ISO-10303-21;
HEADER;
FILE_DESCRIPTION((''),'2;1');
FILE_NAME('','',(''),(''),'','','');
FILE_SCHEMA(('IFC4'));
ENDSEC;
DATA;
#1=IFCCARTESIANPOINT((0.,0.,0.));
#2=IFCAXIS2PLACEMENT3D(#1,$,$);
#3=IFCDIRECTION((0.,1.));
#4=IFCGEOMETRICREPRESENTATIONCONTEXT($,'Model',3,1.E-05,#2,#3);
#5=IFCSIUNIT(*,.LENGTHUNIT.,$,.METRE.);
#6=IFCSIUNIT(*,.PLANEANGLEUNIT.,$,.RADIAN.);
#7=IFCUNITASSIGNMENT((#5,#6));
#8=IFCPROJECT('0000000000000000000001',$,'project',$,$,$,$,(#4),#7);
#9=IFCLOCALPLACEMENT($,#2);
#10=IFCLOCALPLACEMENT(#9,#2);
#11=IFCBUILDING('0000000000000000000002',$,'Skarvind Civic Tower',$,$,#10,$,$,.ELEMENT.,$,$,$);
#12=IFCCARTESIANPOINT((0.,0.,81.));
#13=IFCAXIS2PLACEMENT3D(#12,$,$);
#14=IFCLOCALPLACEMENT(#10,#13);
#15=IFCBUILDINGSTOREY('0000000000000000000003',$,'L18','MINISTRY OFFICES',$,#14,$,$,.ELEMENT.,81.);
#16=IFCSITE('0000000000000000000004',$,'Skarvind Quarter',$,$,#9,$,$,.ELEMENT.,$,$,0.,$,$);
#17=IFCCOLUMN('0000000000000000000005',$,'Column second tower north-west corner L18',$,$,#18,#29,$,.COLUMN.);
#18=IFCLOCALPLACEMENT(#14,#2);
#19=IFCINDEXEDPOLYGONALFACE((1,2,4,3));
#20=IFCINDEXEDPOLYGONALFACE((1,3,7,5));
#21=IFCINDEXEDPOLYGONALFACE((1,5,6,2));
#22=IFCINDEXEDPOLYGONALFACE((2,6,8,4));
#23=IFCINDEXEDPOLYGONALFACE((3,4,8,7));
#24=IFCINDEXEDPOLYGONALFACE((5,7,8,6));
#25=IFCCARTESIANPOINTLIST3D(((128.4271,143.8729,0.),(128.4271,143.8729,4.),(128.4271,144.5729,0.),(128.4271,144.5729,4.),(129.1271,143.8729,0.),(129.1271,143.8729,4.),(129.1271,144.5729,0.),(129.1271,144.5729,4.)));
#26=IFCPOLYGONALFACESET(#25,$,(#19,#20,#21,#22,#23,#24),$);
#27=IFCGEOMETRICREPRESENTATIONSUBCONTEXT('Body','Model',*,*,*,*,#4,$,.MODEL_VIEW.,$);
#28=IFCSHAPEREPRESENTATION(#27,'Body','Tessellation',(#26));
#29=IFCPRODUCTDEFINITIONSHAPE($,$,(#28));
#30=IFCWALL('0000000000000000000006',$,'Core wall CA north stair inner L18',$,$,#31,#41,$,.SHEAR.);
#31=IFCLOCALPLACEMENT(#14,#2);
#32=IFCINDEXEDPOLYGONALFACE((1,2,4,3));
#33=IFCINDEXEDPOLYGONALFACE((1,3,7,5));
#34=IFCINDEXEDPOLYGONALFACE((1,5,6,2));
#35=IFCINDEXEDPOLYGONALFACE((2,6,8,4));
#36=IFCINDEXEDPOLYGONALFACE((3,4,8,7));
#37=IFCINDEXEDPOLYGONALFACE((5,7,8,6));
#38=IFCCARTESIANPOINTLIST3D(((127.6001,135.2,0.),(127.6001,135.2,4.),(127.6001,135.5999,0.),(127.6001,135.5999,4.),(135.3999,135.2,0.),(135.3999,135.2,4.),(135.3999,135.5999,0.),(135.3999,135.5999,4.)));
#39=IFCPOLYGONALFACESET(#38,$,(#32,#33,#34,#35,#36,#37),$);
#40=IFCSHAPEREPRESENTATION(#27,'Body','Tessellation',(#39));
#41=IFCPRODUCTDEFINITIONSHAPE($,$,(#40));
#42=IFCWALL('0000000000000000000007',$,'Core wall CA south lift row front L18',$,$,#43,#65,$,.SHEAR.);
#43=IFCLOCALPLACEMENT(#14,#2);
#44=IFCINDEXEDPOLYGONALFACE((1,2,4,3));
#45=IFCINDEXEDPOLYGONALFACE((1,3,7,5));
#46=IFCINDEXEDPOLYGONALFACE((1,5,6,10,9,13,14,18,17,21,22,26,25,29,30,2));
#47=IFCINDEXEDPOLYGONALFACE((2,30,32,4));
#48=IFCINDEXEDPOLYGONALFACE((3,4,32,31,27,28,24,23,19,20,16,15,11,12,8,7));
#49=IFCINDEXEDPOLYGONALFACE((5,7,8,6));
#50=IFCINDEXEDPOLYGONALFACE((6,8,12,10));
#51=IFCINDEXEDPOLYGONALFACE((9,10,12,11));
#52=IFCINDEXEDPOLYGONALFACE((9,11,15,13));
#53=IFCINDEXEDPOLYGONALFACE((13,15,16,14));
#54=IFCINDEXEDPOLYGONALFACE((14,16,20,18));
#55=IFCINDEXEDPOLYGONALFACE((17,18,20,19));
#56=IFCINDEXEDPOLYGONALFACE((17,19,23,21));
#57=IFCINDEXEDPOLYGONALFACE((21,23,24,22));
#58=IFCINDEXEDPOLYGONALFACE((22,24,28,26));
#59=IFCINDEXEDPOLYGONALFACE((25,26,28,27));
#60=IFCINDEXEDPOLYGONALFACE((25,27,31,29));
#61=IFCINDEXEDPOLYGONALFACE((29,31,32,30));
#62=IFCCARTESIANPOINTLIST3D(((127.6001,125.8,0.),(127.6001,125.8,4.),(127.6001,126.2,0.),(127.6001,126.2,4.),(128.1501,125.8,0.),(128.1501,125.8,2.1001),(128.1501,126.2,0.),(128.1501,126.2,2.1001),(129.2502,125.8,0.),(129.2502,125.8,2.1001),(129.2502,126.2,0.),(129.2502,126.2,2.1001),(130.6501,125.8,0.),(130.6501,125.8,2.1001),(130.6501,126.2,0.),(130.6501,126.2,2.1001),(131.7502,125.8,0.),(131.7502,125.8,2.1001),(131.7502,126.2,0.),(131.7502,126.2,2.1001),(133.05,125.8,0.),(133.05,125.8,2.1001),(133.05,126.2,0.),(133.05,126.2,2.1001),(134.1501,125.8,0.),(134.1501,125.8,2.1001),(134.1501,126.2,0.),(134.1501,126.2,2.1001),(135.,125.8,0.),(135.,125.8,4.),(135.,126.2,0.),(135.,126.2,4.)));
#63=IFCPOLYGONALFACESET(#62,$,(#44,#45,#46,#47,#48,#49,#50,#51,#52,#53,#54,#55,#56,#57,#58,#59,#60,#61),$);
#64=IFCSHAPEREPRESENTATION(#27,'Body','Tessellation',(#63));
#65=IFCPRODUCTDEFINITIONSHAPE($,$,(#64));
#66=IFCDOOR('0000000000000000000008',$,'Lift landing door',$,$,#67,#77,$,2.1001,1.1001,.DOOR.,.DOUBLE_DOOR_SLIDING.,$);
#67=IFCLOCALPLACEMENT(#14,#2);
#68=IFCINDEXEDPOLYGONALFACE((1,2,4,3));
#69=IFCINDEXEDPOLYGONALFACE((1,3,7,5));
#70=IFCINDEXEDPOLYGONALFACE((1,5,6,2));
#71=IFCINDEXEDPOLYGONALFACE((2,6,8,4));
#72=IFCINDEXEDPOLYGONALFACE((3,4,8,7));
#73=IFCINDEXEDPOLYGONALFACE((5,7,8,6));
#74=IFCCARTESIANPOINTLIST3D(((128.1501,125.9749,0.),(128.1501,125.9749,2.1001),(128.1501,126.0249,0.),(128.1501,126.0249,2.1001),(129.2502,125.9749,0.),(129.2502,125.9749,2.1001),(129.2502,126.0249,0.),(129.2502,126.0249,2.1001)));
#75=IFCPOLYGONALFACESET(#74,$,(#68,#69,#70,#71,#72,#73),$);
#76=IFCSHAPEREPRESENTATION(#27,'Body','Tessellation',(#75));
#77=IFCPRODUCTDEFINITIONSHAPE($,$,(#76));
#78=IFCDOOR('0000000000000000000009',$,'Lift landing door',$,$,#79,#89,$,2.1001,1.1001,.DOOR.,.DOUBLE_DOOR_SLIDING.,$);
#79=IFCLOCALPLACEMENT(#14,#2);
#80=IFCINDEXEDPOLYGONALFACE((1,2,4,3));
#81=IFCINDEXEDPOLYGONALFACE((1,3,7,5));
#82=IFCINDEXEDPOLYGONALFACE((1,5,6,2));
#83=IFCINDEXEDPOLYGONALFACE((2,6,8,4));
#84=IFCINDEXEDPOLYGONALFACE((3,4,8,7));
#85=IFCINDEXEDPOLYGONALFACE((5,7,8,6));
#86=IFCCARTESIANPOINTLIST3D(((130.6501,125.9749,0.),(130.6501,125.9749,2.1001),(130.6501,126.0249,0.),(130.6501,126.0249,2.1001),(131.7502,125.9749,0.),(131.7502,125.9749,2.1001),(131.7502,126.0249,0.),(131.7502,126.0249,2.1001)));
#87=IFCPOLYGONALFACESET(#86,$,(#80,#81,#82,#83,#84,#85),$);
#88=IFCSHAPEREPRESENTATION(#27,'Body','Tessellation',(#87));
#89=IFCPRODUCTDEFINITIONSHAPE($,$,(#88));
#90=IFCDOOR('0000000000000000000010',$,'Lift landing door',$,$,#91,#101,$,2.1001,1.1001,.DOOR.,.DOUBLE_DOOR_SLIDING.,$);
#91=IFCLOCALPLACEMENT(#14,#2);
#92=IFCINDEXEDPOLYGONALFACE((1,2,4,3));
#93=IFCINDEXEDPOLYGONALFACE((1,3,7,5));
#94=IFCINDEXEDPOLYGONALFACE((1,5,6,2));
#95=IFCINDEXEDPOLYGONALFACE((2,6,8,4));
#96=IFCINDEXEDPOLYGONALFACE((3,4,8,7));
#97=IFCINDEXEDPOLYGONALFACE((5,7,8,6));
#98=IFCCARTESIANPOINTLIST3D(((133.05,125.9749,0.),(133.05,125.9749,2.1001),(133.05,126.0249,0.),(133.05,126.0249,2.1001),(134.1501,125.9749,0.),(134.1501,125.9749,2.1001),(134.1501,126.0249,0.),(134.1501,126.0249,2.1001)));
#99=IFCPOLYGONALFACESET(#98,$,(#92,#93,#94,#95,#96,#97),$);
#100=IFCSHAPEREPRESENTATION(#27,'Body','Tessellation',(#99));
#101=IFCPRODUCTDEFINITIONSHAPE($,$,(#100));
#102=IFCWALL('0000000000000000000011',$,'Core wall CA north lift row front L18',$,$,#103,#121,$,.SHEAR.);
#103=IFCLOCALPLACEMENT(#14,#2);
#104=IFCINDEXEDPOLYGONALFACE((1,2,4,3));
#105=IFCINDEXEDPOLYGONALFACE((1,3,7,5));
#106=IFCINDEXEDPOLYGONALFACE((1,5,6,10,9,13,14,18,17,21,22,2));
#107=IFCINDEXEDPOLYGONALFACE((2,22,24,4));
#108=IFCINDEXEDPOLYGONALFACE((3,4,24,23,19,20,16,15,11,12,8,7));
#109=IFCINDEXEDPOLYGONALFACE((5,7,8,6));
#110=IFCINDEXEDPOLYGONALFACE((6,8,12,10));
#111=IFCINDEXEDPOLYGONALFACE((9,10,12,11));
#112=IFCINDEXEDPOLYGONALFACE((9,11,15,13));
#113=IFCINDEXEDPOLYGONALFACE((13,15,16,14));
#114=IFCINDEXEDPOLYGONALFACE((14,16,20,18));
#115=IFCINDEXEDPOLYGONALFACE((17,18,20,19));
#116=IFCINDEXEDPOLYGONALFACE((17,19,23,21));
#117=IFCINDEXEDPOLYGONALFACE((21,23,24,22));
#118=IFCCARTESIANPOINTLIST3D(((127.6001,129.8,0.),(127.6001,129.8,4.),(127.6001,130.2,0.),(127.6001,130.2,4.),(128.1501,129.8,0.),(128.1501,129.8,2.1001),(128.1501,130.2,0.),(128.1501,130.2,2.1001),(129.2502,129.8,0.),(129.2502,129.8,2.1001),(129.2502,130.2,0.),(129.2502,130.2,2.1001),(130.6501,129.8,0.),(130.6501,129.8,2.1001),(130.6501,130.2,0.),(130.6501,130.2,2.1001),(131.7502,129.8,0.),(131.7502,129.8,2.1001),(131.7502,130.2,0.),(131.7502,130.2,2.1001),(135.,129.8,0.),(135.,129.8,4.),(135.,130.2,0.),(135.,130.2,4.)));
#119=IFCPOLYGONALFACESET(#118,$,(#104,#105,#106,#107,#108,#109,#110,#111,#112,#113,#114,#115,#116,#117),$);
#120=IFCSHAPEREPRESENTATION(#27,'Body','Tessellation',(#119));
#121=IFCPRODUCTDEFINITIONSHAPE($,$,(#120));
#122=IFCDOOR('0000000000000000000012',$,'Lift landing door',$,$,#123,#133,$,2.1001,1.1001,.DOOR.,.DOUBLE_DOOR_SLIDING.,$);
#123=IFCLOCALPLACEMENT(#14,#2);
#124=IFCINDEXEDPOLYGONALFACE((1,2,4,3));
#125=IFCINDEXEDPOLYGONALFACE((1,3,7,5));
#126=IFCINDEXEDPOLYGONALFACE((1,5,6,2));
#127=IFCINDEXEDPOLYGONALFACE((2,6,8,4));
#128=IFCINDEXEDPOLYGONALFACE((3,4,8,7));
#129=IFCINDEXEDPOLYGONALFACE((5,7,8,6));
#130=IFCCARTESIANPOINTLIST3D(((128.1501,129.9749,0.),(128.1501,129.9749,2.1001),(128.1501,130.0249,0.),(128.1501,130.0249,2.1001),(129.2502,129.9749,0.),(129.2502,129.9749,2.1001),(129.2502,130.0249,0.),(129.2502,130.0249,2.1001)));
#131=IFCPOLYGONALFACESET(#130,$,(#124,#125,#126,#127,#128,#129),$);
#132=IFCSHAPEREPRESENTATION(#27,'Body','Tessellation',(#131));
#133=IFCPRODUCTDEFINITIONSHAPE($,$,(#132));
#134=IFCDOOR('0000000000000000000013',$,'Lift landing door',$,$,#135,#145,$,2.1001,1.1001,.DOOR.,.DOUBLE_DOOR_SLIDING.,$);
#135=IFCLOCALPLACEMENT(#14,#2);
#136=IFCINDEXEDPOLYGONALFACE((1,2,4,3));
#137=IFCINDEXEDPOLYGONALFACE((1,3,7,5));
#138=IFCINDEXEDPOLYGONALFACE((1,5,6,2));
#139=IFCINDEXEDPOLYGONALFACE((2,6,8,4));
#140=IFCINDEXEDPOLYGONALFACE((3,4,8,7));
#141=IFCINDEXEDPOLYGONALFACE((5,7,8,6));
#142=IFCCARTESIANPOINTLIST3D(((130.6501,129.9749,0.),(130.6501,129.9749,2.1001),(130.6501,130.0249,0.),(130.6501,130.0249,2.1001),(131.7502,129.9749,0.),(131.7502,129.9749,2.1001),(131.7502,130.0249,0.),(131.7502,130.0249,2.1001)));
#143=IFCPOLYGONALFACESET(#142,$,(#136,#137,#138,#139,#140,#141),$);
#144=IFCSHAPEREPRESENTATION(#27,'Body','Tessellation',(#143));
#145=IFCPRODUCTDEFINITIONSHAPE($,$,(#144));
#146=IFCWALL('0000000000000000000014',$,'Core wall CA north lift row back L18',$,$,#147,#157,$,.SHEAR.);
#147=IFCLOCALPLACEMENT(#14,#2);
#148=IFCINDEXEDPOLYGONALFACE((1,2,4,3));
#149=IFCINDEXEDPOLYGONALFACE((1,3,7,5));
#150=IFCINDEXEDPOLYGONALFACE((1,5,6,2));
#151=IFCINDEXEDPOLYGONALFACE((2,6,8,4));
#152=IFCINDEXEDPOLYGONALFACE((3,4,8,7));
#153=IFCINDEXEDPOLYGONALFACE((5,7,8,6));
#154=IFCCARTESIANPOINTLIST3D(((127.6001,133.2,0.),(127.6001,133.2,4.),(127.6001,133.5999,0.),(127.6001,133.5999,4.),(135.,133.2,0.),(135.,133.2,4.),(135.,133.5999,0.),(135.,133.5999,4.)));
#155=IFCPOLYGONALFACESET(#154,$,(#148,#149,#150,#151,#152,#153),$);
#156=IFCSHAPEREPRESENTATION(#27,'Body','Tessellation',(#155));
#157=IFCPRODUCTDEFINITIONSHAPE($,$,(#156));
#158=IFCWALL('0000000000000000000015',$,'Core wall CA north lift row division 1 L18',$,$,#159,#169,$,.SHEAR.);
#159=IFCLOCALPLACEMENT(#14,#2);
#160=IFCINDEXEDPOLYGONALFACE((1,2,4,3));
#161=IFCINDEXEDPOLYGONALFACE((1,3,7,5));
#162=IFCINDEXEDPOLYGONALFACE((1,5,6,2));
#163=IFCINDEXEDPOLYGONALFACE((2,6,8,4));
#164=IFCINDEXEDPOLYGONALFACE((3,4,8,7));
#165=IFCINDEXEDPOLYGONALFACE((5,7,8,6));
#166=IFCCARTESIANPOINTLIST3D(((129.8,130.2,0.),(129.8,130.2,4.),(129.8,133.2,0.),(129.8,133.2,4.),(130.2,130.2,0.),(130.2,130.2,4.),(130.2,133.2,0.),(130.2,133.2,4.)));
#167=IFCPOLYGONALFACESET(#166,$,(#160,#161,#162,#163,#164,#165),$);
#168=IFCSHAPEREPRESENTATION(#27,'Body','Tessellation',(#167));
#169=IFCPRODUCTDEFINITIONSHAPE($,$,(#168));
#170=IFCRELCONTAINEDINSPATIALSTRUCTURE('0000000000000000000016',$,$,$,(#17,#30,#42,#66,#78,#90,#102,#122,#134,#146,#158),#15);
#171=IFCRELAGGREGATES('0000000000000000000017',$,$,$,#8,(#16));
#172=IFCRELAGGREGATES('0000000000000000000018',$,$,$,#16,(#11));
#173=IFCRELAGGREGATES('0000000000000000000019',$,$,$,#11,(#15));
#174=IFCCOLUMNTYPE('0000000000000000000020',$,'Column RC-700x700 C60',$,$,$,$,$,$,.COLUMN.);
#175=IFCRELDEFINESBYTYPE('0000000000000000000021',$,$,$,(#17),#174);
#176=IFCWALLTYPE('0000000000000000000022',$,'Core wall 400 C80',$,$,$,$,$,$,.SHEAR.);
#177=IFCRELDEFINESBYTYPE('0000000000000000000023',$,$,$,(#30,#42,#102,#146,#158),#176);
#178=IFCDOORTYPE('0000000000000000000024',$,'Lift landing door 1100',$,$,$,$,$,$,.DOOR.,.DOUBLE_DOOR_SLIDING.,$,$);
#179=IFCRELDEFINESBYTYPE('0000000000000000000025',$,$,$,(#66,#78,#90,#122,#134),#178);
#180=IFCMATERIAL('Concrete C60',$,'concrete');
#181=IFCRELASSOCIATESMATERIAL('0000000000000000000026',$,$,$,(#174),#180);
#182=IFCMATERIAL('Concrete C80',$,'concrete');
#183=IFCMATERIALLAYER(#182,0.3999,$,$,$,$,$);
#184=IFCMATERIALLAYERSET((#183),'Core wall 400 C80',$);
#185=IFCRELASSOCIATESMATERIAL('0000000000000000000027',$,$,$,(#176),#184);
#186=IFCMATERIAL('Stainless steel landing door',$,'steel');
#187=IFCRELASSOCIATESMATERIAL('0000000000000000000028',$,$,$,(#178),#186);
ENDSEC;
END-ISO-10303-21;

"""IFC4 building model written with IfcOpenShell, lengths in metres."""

from ifc_helpers import new_model, si_unit, direction, frame, frame_2d, origin, origin_2d, place, context, subcontext, project, spatial, rectangle, extrude, material, layer, layer_set, material_profile, profile_set, type_object, element, fill, save


model = new_model("IFC4")

# Units and contexts
model_context = context("Model", 3, precision=1e-05, world=origin(), true_north=direction((0.0, 1.0)))
body_context = subcontext(model_context, "Body", "Model", "MODEL_VIEW")
ifc_project = project(units=[si_unit("LENGTHUNIT", "METRE"), si_unit("PLANEANGLEUNIT", "RADIAN")], contexts=[model_context])

# Site, building, storey
site_placement = place(None, origin())
site = spatial("IfcSite", under=ifc_project, at=site_placement, Name="Skarvind Quarter", CompositionType="ELEMENT", RefElevation=0.0)
building_placement = place(site_placement, origin())
building = spatial("IfcBuilding", under=site, at=building_placement, Name="Skarvind Civic Tower", CompositionType="ELEMENT")
storey_placement = place(building_placement, frame((0.0, 0.0, 81.0)))
storey = spatial("IfcBuildingStorey", under=building, at=storey_placement, Name="L18", Description="MINISTRY OFFICES", CompositionType="ELEMENT", Elevation=81.0)

# Column
ifc_material_1 = material(Name="Concrete C60", Category="concrete")
ifc_material_profile = material_profile(ifc_material_1, rectangle(XDim=0.7, YDim=0.7, at=origin_2d()), Name="RC-700x700")
ifc_profile_set = profile_set([ifc_material_profile], Name="Concrete C60")
column_type = type_object("IfcColumnType", Name="Column RC-700x700 C60", PredefinedType="COLUMN", material=ifc_profile_set)
column_placement = place(storey_placement, frame((128.7771, 144.2229, 0.0), z_axis=(0.0, 0.0, 1.0), x_axis=(1.0, 0.0, 0.0)))
element("IfcColumn", 1, at=column_placement, inside=storey, type_object=column_type, Name="Column second tower north-west corner L18", PredefinedType="COLUMN", context=body_context, shape_type="SweptSolid", body=[
    extrude(rectangle(XDim=0.7, YDim=0.7, at=origin_2d()), origin(), (0.0, 0.0, 1.0), 4.0),
])

# Wall
ifc_material_2 = material(Name="Concrete C80", Category="concrete")
ifc_layer_1 = layer(ifc_material_2, 0.3999)
ifc_layer_set_1 = layer_set([ifc_layer_1], Name="Core wall 400 C80")
wall_type_1 = type_object("IfcWallType", Name="Core wall 400 C80", PredefinedType="SHEAR", material=ifc_layer_set_1)
wall_1_placement = place(storey_placement, frame((127.6001, 135.3999, 0.0), z_axis=(0.0, 0.0, 1.0), x_axis=(1.0, 0.0, 0.0)))
element("IfcWall", 2, at=wall_1_placement, inside=storey, type_object=wall_type_1, Name="Core wall CA north stair inner L18", PredefinedType="SHEAR", context=body_context, shape_type="SweptSolid", body=[
    extrude(rectangle(XDim=7.7998, YDim=0.3999, at=frame_2d((3.8999, 0.0))), origin(), (0.0, 0.0, 1.0), 4.0),
])

# Walls, openings, doors
wall_2_placement = place(storey_placement, frame((127.6001, 126.0, 0.0), z_axis=(0.0, 0.0, 1.0), x_axis=(1.0, 0.0, 0.0)))
wall_2 = element("IfcWall", 3, at=wall_2_placement, inside=storey, type_object=wall_type_1, Name="Core wall CA south lift row front L18", PredefinedType="SHEAR", context=body_context, shape_type="SweptSolid", body=[
    extrude(rectangle(XDim=7.3999, YDim=0.3999, at=frame_2d((3.7, 0.0))), origin(), (0.0, 0.0, 1.0), 4.0),
])
opening_1_placement = place(wall_2_placement, frame((0.55, 0.0, 0.0)))
opening_1 = element("IfcOpeningElement", 4, at=opening_1_placement, cuts=wall_2, PredefinedType="OPENING", context=body_context, shape_type="SweptSolid", body=[
    extrude(rectangle(XDim=1.1001, YDim=2.1001, at=frame_2d((0.55, 1.05))), frame((0.0, 0.21, 0.0), z_axis=(0.0, -1.0, 0.0), x_axis=(1.0, 0.0, 0.0)), (0.0, 0.0, 1.0), 0.4199),
])
opening_2_placement = place(wall_2_placement, frame((3.05, 0.0, 0.0)))
opening_2 = element("IfcOpeningElement", 5, at=opening_2_placement, cuts=wall_2, PredefinedType="OPENING", context=body_context, shape_type="SweptSolid", body=[
    extrude(rectangle(XDim=1.1001, YDim=2.1001, at=frame_2d((0.55, 1.05))), frame((0.0, 0.21, 0.0), z_axis=(0.0, -1.0, 0.0), x_axis=(1.0, 0.0, 0.0)), (0.0, 0.0, 1.0), 0.4199),
])
opening_3_placement = place(wall_2_placement, frame((5.45, 0.0, 0.0)))
opening_3 = element("IfcOpeningElement", 6, at=opening_3_placement, cuts=wall_2, PredefinedType="OPENING", context=body_context, shape_type="SweptSolid", body=[
    extrude(rectangle(XDim=1.1001, YDim=2.1001, at=frame_2d((0.55, 1.05))), frame((0.0, 0.21, 0.0), z_axis=(0.0, -1.0, 0.0), x_axis=(1.0, 0.0, 0.0)), (0.0, 0.0, 1.0), 0.4199),
])
ifc_material_3 = material(Name="Stainless steel landing door", Category="steel")
door_type = type_object("IfcDoorType", Name="Lift landing door 1100", OperationType="DOUBLE_DOOR_SLIDING", PredefinedType="DOOR", material=ifc_material_3)
door_1_placement = place(opening_1_placement, origin())
door_1 = element("IfcDoor", 7, at=door_1_placement, inside=storey, type_object=door_type, Name="Lift landing door", OperationType="DOUBLE_DOOR_SLIDING", OverallHeight=2.1001, OverallWidth=1.1001, PredefinedType="DOOR", context=body_context, shape_type="SweptSolid", body=[
    extrude(rectangle(XDim=1.1001, YDim=2.1001, at=frame_2d((0.55, 1.05))), frame((0.0, 0.0249, 0.0), z_axis=(0.0, -1.0, 0.0), x_axis=(1.0, 0.0, 0.0)), (0.0, 0.0, 1.0), 0.05),
])
fill(opening_1, door_1)
door_2_placement = place(opening_2_placement, origin())
door_2 = element("IfcDoor", 8, at=door_2_placement, inside=storey, type_object=door_type, Name="Lift landing door", OperationType="DOUBLE_DOOR_SLIDING", OverallHeight=2.1001, OverallWidth=1.1001, PredefinedType="DOOR", context=body_context, shape_type="SweptSolid", body=[
    extrude(rectangle(XDim=1.1001, YDim=2.1001, at=frame_2d((0.55, 1.05))), frame((0.0, 0.0249, 0.0), z_axis=(0.0, -1.0, 0.0), x_axis=(1.0, 0.0, 0.0)), (0.0, 0.0, 1.0), 0.05),
])
fill(opening_2, door_2)
door_3_placement = place(opening_3_placement, origin())
door_3 = element("IfcDoor", 9, at=door_3_placement, inside=storey, type_object=door_type, Name="Lift landing door", OperationType="DOUBLE_DOOR_SLIDING", OverallHeight=2.1001, OverallWidth=1.1001, PredefinedType="DOOR", context=body_context, shape_type="SweptSolid", body=[
    extrude(rectangle(XDim=1.1001, YDim=2.1001, at=frame_2d((0.55, 1.05))), frame((0.0, 0.0249, 0.0), z_axis=(0.0, -1.0, 0.0), x_axis=(1.0, 0.0, 0.0)), (0.0, 0.0, 1.0), 0.05),
])
fill(opening_3, door_3)
wall_3_placement = place(storey_placement, frame((127.6001, 130.0, 0.0), z_axis=(0.0, 0.0, 1.0), x_axis=(1.0, 0.0, 0.0)))
wall_3 = element("IfcWall", 10, at=wall_3_placement, inside=storey, type_object=wall_type_1, Name="Core wall CA north lift row front L18", PredefinedType="SHEAR", context=body_context, shape_type="SweptSolid", body=[
    extrude(rectangle(XDim=7.3999, YDim=0.3999, at=frame_2d((3.7, 0.0))), origin(), (0.0, 0.0, 1.0), 4.0),
])
opening_4_placement = place(wall_3_placement, frame((0.55, 0.0, 0.0)))
opening_4 = element("IfcOpeningElement", 11, at=opening_4_placement, cuts=wall_3, PredefinedType="OPENING", context=body_context, shape_type="SweptSolid", body=[
    extrude(rectangle(XDim=1.1001, YDim=2.1001, at=frame_2d((0.55, 1.05))), frame((0.0, 0.21, 0.0), z_axis=(0.0, -1.0, 0.0), x_axis=(1.0, 0.0, 0.0)), (0.0, 0.0, 1.0), 0.4199),
])
opening_5_placement = place(wall_3_placement, frame((3.05, 0.0, 0.0)))
opening_5 = element("IfcOpeningElement", 12, at=opening_5_placement, cuts=wall_3, PredefinedType="OPENING", context=body_context, shape_type="SweptSolid", body=[
    extrude(rectangle(XDim=1.1001, YDim=2.1001, at=frame_2d((0.55, 1.05))), frame((0.0, 0.21, 0.0), z_axis=(0.0, -1.0, 0.0), x_axis=(1.0, 0.0, 0.0)), (0.0, 0.0, 1.0), 0.4199),
])
door_4_placement = place(opening_4_placement, origin())
door_4 = element("IfcDoor", 13, at=door_4_placement, inside=storey, type_object=door_type, Name="Lift landing door", OperationType="DOUBLE_DOOR_SLIDING", OverallHeight=2.1001, OverallWidth=1.1001, PredefinedType="DOOR", context=body_context, shape_type="SweptSolid", body=[
    extrude(rectangle(XDim=1.1001, YDim=2.1001, at=frame_2d((0.55, 1.05))), frame((0.0, 0.0249, 0.0), z_axis=(0.0, -1.0, 0.0), x_axis=(1.0, 0.0, 0.0)), (0.0, 0.0, 1.0), 0.05),
])
fill(opening_4, door_4)
door_5_placement = place(opening_5_placement, origin())
door_5 = element("IfcDoor", 14, at=door_5_placement, inside=storey, type_object=door_type, Name="Lift landing door", OperationType="DOUBLE_DOOR_SLIDING", OverallHeight=2.1001, OverallWidth=1.1001, PredefinedType="DOOR", context=body_context, shape_type="SweptSolid", body=[
    extrude(rectangle(XDim=1.1001, YDim=2.1001, at=frame_2d((0.55, 1.05))), frame((0.0, 0.0249, 0.0), z_axis=(0.0, -1.0, 0.0), x_axis=(1.0, 0.0, 0.0)), (0.0, 0.0, 1.0), 0.05),
])
fill(opening_5, door_5)

# Walls
wall_4_placement = place(storey_placement, frame((127.6001, 133.3999, 0.0), z_axis=(0.0, 0.0, 1.0), x_axis=(1.0, 0.0, 0.0)))
element("IfcWall", 15, at=wall_4_placement, inside=storey, type_object=wall_type_1, Name="Core wall CA north lift row back L18", PredefinedType="SHEAR", context=body_context, shape_type="SweptSolid", body=[
    extrude(rectangle(XDim=7.3999, YDim=0.3999, at=frame_2d((3.7, 0.0))), origin(), (0.0, 0.0, 1.0), 4.0),
])
wall_5_placement = place(storey_placement, frame((130.0, 130.2, 0.0), z_axis=(0.0, 0.0, 1.0), x_axis=(0.0, 1.0, 0.0)))
element("IfcWall", 16, at=wall_5_placement, inside=storey, type_object=wall_type_1, Name="Core wall CA north lift row division 1 L18", PredefinedType="SHEAR", context=body_context, shape_type="SweptSolid", body=[
    extrude(rectangle(XDim=3.0, YDim=0.3999, at=frame_2d((1.5, 0.0))), origin(), (0.0, 0.0, 1.0), 4.0),
])

save(model, "model.ifc")
